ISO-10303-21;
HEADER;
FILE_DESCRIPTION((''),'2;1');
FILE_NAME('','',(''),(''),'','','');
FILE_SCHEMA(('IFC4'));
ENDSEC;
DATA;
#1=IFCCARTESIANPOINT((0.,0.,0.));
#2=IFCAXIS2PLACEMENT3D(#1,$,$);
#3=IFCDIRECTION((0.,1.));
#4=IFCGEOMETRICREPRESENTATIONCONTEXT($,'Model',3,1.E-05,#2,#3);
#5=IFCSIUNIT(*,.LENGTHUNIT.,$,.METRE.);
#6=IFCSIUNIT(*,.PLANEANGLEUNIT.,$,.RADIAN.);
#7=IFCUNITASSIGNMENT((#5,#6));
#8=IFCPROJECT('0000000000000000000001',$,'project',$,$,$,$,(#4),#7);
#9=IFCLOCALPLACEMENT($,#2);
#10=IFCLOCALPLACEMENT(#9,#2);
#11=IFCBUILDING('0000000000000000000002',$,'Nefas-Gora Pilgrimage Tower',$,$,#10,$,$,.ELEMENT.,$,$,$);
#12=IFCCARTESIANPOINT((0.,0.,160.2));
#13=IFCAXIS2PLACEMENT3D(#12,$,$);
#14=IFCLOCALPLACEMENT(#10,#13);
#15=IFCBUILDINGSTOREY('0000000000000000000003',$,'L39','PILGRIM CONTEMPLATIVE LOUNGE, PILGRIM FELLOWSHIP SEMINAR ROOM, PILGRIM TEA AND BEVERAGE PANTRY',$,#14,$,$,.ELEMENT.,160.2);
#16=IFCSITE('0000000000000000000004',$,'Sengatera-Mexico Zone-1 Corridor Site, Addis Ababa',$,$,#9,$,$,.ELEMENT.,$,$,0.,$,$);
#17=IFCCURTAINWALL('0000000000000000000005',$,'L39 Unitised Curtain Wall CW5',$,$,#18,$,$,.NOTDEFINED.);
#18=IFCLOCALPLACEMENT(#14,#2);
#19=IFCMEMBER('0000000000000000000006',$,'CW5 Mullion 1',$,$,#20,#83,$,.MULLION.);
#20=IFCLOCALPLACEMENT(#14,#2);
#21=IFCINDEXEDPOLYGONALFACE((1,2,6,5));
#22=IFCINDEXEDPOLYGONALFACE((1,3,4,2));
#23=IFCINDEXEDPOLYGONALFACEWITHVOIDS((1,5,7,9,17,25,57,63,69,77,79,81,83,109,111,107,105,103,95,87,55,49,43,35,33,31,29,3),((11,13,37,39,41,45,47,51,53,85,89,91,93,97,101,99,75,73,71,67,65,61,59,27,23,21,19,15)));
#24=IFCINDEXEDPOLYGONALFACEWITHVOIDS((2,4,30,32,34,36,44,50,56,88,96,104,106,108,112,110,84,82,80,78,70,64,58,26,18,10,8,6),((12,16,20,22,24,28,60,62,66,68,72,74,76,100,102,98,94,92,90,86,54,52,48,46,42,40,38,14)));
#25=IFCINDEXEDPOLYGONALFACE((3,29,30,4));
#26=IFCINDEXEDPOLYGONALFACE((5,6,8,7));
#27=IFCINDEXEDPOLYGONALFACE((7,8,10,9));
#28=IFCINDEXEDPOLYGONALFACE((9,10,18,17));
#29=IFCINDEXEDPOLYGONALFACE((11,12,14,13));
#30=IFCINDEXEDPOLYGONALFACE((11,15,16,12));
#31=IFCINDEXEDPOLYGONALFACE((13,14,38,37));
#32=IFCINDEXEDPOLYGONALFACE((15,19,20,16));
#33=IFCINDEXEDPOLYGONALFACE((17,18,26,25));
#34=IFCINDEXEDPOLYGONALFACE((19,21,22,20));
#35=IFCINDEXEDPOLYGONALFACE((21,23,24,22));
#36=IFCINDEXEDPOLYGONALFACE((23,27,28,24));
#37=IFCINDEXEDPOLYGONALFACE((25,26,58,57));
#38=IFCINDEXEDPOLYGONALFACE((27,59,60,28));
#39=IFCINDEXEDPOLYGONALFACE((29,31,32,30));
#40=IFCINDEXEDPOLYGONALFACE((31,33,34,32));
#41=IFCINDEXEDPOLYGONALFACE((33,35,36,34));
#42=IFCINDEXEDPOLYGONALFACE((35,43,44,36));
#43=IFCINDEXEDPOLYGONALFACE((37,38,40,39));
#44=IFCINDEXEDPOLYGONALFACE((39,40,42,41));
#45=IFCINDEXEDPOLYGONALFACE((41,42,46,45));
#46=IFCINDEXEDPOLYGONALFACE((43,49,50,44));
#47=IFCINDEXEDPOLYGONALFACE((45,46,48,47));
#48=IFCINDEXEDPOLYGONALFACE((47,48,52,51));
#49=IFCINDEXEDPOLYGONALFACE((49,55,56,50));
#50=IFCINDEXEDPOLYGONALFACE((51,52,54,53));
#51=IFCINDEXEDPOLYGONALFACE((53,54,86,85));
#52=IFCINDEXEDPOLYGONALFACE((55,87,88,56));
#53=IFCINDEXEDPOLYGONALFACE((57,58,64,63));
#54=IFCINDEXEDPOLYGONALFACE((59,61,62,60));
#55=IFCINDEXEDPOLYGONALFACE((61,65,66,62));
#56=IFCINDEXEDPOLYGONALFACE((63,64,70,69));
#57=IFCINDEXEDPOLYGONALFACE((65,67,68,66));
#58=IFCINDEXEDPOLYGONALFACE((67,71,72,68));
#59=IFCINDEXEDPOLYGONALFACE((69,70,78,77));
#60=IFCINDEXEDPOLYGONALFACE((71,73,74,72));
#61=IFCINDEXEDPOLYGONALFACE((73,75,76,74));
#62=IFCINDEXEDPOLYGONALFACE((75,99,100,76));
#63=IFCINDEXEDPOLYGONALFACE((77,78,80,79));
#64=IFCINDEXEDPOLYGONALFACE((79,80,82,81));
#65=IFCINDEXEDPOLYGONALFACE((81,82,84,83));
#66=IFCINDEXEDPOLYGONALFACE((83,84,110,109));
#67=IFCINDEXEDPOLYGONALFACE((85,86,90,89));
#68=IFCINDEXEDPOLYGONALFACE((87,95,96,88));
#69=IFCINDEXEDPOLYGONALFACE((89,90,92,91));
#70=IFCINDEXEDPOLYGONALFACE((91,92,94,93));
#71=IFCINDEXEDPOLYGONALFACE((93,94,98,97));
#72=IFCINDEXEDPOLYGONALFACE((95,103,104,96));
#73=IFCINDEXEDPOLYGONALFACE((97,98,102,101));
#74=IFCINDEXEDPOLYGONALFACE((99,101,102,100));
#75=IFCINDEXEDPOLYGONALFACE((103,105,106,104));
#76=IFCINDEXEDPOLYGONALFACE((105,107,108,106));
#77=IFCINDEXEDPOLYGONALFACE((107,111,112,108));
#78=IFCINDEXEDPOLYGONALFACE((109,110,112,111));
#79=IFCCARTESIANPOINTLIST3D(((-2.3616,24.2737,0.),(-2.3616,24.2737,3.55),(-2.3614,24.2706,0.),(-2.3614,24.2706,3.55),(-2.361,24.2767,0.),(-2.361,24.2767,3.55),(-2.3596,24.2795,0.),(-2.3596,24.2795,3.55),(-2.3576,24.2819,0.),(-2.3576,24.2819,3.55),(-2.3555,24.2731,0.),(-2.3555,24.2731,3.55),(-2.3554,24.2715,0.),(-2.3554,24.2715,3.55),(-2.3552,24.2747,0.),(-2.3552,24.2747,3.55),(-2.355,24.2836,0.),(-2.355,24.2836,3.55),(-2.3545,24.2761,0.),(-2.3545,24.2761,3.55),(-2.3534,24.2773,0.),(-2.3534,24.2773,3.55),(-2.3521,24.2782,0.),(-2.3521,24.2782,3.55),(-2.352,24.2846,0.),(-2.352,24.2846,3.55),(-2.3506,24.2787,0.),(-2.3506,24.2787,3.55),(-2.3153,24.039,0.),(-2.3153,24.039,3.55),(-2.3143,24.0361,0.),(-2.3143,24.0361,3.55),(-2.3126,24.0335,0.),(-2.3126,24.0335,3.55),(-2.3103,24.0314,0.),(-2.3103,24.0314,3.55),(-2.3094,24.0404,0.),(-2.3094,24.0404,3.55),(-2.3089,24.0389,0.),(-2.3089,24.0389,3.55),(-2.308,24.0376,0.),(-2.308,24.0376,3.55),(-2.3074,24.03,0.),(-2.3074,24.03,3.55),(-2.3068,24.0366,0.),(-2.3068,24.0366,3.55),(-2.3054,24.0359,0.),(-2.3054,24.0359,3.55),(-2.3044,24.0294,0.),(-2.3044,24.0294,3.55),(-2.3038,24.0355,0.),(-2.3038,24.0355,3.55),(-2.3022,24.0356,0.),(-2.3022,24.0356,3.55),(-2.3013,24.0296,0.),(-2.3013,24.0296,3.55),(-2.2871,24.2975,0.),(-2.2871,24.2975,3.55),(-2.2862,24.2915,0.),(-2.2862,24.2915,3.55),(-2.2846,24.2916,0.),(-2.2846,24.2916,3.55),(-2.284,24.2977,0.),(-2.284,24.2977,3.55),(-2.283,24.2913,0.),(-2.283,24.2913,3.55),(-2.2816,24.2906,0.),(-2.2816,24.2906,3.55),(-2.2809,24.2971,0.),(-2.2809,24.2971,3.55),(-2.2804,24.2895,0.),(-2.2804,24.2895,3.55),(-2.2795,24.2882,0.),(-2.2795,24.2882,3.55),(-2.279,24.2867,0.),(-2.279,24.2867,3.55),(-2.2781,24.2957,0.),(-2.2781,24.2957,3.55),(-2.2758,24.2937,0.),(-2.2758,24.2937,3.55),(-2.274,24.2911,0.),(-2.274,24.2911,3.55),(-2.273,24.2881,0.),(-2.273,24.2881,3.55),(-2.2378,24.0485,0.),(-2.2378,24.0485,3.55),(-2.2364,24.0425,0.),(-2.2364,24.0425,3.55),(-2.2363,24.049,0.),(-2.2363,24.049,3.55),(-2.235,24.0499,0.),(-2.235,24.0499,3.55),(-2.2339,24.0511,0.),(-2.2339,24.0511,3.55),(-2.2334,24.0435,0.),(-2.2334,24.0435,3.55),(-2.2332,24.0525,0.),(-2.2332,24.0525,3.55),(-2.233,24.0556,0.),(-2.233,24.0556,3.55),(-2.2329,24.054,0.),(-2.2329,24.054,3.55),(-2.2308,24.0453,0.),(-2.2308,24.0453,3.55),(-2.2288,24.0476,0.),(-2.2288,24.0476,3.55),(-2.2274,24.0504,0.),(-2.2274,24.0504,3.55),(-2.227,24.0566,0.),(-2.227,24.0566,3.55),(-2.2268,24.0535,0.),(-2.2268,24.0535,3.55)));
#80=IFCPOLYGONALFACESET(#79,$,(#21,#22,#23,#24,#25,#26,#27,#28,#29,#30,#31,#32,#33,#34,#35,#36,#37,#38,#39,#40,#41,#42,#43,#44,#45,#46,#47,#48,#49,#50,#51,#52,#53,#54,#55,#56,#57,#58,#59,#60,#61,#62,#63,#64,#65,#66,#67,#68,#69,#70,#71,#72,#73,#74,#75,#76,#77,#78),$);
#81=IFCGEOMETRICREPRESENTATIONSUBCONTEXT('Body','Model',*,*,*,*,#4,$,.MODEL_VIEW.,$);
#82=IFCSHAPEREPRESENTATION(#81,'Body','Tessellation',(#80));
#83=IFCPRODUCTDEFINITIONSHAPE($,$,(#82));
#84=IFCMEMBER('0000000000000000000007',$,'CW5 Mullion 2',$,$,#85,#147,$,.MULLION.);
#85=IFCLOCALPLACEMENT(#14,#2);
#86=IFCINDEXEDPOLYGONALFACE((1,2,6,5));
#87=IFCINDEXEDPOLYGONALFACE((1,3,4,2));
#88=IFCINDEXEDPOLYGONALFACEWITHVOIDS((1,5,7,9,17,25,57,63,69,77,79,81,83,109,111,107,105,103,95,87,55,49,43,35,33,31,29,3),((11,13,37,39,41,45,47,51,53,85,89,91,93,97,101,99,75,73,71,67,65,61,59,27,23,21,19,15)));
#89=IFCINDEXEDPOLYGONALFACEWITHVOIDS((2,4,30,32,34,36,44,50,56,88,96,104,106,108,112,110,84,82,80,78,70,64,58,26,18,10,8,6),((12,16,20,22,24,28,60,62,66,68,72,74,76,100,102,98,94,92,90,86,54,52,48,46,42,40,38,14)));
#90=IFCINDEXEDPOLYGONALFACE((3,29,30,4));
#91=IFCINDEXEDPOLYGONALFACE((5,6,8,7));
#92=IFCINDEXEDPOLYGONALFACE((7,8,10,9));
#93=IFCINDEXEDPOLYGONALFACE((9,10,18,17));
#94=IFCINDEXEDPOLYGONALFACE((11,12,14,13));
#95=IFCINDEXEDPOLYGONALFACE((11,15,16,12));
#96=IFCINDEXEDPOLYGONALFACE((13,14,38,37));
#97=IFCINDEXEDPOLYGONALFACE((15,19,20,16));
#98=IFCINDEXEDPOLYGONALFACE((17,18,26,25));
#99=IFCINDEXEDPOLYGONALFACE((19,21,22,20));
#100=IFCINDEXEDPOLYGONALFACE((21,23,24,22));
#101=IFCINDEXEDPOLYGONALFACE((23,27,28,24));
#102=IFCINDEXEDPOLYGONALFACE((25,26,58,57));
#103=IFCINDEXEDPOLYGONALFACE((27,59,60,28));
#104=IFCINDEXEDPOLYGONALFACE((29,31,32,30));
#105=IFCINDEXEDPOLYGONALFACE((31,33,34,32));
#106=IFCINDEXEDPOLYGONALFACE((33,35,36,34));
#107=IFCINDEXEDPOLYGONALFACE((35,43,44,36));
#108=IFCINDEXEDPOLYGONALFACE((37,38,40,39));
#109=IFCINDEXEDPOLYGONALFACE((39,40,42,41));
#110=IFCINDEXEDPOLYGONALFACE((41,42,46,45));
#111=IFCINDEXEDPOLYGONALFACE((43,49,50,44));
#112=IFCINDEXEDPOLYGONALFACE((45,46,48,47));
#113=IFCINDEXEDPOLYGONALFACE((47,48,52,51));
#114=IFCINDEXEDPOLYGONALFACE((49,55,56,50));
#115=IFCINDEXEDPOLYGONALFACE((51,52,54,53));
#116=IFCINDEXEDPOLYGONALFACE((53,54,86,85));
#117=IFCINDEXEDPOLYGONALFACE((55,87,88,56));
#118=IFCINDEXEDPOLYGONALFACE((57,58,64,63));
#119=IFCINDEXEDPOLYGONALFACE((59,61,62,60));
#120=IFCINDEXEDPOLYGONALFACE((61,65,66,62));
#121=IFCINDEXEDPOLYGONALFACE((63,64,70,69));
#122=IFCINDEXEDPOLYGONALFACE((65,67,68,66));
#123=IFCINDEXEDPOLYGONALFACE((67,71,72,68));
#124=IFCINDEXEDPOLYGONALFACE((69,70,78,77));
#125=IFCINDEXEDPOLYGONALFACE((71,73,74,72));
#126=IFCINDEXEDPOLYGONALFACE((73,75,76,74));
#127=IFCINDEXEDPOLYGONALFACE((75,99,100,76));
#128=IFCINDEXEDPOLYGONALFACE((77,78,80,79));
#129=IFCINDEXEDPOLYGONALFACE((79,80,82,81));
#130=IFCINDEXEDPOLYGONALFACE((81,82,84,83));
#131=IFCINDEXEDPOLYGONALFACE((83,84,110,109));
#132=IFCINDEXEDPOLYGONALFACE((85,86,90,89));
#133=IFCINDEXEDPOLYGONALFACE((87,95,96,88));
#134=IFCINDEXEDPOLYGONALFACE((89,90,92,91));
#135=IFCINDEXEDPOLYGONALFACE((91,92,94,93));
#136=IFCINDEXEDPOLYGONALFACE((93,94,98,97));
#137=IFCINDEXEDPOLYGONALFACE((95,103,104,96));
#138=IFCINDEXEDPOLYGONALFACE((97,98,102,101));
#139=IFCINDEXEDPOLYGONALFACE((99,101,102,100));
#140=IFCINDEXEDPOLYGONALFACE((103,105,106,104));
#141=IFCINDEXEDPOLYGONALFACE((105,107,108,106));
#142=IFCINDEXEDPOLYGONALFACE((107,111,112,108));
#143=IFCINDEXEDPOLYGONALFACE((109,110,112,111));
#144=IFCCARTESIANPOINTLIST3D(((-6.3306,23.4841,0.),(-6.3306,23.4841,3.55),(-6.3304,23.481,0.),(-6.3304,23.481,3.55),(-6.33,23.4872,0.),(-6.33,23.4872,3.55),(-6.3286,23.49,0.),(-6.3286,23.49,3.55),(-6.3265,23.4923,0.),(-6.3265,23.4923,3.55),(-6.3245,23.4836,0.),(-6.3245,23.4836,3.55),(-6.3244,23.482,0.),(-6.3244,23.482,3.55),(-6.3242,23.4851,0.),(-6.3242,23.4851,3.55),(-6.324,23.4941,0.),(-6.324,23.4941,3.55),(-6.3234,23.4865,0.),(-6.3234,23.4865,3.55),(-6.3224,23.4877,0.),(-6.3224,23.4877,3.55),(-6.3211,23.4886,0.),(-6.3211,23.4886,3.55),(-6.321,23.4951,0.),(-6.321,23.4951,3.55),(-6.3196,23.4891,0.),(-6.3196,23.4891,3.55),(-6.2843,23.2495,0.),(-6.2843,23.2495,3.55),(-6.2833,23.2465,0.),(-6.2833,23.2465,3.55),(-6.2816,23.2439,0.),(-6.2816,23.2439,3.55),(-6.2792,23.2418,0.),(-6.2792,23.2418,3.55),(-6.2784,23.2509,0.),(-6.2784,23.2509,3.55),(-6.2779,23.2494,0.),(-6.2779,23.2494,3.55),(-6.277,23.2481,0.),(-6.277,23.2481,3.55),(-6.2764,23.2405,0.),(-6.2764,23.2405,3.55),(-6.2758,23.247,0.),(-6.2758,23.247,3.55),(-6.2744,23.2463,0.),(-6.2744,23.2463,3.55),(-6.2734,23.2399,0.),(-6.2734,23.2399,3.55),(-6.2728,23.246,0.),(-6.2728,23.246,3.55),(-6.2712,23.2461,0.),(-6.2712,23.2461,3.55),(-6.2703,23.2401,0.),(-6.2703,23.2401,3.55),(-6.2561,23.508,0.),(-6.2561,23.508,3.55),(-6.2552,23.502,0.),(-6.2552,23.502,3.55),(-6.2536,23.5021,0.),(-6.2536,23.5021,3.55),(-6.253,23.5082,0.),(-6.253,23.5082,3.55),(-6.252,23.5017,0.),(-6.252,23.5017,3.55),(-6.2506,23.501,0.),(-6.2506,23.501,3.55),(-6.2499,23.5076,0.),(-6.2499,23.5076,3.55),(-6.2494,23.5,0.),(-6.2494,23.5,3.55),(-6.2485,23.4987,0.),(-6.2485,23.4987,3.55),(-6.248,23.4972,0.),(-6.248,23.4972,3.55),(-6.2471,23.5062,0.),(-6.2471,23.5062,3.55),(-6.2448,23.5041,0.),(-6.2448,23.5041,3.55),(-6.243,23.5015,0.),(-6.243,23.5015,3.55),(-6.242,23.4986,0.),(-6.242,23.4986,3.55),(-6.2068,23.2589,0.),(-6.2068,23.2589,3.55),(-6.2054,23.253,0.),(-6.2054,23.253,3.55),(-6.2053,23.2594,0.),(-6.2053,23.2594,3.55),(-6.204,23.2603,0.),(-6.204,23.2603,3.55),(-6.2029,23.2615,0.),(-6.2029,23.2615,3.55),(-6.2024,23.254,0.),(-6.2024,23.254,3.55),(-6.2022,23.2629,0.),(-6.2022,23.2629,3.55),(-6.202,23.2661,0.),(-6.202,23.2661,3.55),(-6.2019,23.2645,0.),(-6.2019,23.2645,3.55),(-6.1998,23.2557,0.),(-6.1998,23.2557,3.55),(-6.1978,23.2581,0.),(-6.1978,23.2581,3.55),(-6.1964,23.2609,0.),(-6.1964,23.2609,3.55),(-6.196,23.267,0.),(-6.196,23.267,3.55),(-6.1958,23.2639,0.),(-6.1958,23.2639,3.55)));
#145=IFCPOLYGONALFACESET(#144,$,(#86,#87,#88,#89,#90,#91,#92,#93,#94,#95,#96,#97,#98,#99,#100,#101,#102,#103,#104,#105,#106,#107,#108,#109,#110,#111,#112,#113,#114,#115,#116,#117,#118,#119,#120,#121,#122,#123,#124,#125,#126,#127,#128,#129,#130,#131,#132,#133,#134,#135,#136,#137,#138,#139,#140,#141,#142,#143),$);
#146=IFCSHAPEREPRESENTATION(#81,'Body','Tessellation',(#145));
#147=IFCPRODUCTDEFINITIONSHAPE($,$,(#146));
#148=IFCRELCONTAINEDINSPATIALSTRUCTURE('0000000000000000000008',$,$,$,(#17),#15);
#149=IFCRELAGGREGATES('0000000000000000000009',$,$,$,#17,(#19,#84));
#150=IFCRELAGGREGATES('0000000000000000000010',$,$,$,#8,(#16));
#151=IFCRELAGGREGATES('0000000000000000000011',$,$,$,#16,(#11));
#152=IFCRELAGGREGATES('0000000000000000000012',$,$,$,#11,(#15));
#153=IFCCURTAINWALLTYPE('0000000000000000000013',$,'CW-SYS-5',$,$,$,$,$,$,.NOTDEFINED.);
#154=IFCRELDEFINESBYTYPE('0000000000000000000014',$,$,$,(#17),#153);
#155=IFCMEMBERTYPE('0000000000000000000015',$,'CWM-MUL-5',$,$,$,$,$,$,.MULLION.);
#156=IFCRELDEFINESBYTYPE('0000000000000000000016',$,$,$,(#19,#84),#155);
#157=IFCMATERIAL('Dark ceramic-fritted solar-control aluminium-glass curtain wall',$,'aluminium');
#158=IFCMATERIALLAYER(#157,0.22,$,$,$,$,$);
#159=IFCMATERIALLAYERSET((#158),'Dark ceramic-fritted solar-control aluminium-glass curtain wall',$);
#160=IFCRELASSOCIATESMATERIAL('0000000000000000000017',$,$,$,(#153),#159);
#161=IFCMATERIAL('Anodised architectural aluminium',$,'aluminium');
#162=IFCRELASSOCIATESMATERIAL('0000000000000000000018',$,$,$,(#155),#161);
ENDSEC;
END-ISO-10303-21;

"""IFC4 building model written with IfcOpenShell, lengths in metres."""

from ifc_helpers import new_model, si_unit, direction, frame, origin, origin_2d, place, context, subcontext, project, spatial, hollow_rectangle, extrude, source, transform, mapped, material, layer, layer_set, material_profile, profile_set, type_object, element, aggregate, save


model = new_model("IFC4")

# Units and contexts
model_context = context("Model", 3, precision=1e-05, world=origin(), true_north=direction((0.0, 1.0)))
body_context = subcontext(model_context, "Body", "Model", "MODEL_VIEW")
ifc_project = project(units=[si_unit("LENGTHUNIT", "METRE"), si_unit("PLANEANGLEUNIT", "RADIAN")], contexts=[model_context])

# Site, building, storey
site_placement = place(None, origin())
site = spatial("IfcSite", under=ifc_project, at=site_placement, Name="Sengatera-Mexico Zone-1 Corridor Site, Addis Ababa", CompositionType="ELEMENT", RefElevation=0.0)
building_placement = place(site_placement, origin())
building = spatial("IfcBuilding", under=site, at=building_placement, Name="Nefas-Gora Pilgrimage Tower", CompositionType="ELEMENT")
storey_placement = place(building_placement, frame((0.0, 0.0, 160.2)))
storey = spatial("IfcBuildingStorey", under=building, at=storey_placement, Name="L39", Description="PILGRIM CONTEMPLATIVE LOUNGE, PILGRIM FELLOWSHIP SEMINAR ROOM, PILGRIM TEA AND BEVERAGE PANTRY", CompositionType="ELEMENT", Elevation=160.2)

# Shared definitions
ifc_material_1 = material(Name="Dark ceramic-fritted solar-control aluminium-glass curtain wall", Category="aluminium")
ifc_layer_1 = layer(ifc_material_1, 0.22)
ifc_layer_set_1 = layer_set([ifc_layer_1], Name="Dark ceramic-fritted solar-control aluminium-glass curtain wall")
curtain_wall_type = type_object("IfcCurtainWallType", Name="CW-SYS-5", PredefinedType="NOTDEFINED", material=ifc_layer_set_1)
ifc_material_2 = material(Name="Anodised architectural aluminium", Category="aluminium")
ifc_material_profile_1 = material_profile(ifc_material_2, hollow_rectangle(XDim=0.0901, YDim=0.26, WallThickness=0.0061, InnerFilletRadius=0.0061, OuterFilletRadius=0.012, at=origin_2d()), Name="ALU MULLION 90x260")
ifc_profile_set_1 = profile_set([ifc_material_profile_1], Name="Anodised architectural aluminium")
member_type_1 = type_object("IfcMemberType", Name="CWM-MUL-5", PredefinedType="MULLION", material=ifc_profile_set_1)
shared_shape_1 = source(origin(), body_context, "Body", "SweptSolid", [
    extrude(hollow_rectangle(XDim=0.0901, YDim=0.26, WallThickness=0.0061, InnerFilletRadius=0.0061, OuterFilletRadius=0.012, at=origin_2d()), origin(), (0.0, 0.0, 1.0), 3.55),
])

# Curtain wall, members
curtain_wall_1_placement = place(storey_placement, origin())
curtain_wall_1 = element("IfcCurtainWall", 1, at=curtain_wall_1_placement, inside=storey, type_object=curtain_wall_type, Name="L39 Unitised Curtain Wall CW5", PredefinedType="NOTDEFINED")
member_1_placement = place(storey_placement, frame((-2.2942, 24.1636, 0.0), z_axis=(0.0, 0.0, 1.0), x_axis=(-0.980783, -0.195102, 0.0)))
member_1 = element("IfcMember", 2, at=member_1_placement, type_object=member_type_1, Name="CW5 Mullion 1", PredefinedType="MULLION", context=body_context, shape_type="MappedRepresentation", body=[
    mapped(shared_shape_1, transform((0.0, 0.0, 0.0), x_axis=(1.0, 0.0, 0.0), y_axis=(0.0, 1.0, 0.0), z_axis=(0.0, 0.0, 1.0), scale=1.0)),
])
member_2_placement = place(storey_placement, frame((-6.2632, 23.374, 0.0), z_axis=(0.0, 0.0, 1.0), x_axis=(-0.980783, -0.195102, 0.0)))
member_2 = element("IfcMember", 3, at=member_2_placement, type_object=member_type_1, Name="CW5 Mullion 2", PredefinedType="MULLION", context=body_context, shape_type="MappedRepresentation", body=[
    mapped(shared_shape_1, transform((0.0, 0.0, 0.0), x_axis=(1.0, 0.0, 0.0), y_axis=(0.0, 1.0, 0.0), z_axis=(0.0, 0.0, 1.0), scale=1.0)),
])

aggregate(curtain_wall_1, [member_1, member_2])

save(model, "model.ifc")
